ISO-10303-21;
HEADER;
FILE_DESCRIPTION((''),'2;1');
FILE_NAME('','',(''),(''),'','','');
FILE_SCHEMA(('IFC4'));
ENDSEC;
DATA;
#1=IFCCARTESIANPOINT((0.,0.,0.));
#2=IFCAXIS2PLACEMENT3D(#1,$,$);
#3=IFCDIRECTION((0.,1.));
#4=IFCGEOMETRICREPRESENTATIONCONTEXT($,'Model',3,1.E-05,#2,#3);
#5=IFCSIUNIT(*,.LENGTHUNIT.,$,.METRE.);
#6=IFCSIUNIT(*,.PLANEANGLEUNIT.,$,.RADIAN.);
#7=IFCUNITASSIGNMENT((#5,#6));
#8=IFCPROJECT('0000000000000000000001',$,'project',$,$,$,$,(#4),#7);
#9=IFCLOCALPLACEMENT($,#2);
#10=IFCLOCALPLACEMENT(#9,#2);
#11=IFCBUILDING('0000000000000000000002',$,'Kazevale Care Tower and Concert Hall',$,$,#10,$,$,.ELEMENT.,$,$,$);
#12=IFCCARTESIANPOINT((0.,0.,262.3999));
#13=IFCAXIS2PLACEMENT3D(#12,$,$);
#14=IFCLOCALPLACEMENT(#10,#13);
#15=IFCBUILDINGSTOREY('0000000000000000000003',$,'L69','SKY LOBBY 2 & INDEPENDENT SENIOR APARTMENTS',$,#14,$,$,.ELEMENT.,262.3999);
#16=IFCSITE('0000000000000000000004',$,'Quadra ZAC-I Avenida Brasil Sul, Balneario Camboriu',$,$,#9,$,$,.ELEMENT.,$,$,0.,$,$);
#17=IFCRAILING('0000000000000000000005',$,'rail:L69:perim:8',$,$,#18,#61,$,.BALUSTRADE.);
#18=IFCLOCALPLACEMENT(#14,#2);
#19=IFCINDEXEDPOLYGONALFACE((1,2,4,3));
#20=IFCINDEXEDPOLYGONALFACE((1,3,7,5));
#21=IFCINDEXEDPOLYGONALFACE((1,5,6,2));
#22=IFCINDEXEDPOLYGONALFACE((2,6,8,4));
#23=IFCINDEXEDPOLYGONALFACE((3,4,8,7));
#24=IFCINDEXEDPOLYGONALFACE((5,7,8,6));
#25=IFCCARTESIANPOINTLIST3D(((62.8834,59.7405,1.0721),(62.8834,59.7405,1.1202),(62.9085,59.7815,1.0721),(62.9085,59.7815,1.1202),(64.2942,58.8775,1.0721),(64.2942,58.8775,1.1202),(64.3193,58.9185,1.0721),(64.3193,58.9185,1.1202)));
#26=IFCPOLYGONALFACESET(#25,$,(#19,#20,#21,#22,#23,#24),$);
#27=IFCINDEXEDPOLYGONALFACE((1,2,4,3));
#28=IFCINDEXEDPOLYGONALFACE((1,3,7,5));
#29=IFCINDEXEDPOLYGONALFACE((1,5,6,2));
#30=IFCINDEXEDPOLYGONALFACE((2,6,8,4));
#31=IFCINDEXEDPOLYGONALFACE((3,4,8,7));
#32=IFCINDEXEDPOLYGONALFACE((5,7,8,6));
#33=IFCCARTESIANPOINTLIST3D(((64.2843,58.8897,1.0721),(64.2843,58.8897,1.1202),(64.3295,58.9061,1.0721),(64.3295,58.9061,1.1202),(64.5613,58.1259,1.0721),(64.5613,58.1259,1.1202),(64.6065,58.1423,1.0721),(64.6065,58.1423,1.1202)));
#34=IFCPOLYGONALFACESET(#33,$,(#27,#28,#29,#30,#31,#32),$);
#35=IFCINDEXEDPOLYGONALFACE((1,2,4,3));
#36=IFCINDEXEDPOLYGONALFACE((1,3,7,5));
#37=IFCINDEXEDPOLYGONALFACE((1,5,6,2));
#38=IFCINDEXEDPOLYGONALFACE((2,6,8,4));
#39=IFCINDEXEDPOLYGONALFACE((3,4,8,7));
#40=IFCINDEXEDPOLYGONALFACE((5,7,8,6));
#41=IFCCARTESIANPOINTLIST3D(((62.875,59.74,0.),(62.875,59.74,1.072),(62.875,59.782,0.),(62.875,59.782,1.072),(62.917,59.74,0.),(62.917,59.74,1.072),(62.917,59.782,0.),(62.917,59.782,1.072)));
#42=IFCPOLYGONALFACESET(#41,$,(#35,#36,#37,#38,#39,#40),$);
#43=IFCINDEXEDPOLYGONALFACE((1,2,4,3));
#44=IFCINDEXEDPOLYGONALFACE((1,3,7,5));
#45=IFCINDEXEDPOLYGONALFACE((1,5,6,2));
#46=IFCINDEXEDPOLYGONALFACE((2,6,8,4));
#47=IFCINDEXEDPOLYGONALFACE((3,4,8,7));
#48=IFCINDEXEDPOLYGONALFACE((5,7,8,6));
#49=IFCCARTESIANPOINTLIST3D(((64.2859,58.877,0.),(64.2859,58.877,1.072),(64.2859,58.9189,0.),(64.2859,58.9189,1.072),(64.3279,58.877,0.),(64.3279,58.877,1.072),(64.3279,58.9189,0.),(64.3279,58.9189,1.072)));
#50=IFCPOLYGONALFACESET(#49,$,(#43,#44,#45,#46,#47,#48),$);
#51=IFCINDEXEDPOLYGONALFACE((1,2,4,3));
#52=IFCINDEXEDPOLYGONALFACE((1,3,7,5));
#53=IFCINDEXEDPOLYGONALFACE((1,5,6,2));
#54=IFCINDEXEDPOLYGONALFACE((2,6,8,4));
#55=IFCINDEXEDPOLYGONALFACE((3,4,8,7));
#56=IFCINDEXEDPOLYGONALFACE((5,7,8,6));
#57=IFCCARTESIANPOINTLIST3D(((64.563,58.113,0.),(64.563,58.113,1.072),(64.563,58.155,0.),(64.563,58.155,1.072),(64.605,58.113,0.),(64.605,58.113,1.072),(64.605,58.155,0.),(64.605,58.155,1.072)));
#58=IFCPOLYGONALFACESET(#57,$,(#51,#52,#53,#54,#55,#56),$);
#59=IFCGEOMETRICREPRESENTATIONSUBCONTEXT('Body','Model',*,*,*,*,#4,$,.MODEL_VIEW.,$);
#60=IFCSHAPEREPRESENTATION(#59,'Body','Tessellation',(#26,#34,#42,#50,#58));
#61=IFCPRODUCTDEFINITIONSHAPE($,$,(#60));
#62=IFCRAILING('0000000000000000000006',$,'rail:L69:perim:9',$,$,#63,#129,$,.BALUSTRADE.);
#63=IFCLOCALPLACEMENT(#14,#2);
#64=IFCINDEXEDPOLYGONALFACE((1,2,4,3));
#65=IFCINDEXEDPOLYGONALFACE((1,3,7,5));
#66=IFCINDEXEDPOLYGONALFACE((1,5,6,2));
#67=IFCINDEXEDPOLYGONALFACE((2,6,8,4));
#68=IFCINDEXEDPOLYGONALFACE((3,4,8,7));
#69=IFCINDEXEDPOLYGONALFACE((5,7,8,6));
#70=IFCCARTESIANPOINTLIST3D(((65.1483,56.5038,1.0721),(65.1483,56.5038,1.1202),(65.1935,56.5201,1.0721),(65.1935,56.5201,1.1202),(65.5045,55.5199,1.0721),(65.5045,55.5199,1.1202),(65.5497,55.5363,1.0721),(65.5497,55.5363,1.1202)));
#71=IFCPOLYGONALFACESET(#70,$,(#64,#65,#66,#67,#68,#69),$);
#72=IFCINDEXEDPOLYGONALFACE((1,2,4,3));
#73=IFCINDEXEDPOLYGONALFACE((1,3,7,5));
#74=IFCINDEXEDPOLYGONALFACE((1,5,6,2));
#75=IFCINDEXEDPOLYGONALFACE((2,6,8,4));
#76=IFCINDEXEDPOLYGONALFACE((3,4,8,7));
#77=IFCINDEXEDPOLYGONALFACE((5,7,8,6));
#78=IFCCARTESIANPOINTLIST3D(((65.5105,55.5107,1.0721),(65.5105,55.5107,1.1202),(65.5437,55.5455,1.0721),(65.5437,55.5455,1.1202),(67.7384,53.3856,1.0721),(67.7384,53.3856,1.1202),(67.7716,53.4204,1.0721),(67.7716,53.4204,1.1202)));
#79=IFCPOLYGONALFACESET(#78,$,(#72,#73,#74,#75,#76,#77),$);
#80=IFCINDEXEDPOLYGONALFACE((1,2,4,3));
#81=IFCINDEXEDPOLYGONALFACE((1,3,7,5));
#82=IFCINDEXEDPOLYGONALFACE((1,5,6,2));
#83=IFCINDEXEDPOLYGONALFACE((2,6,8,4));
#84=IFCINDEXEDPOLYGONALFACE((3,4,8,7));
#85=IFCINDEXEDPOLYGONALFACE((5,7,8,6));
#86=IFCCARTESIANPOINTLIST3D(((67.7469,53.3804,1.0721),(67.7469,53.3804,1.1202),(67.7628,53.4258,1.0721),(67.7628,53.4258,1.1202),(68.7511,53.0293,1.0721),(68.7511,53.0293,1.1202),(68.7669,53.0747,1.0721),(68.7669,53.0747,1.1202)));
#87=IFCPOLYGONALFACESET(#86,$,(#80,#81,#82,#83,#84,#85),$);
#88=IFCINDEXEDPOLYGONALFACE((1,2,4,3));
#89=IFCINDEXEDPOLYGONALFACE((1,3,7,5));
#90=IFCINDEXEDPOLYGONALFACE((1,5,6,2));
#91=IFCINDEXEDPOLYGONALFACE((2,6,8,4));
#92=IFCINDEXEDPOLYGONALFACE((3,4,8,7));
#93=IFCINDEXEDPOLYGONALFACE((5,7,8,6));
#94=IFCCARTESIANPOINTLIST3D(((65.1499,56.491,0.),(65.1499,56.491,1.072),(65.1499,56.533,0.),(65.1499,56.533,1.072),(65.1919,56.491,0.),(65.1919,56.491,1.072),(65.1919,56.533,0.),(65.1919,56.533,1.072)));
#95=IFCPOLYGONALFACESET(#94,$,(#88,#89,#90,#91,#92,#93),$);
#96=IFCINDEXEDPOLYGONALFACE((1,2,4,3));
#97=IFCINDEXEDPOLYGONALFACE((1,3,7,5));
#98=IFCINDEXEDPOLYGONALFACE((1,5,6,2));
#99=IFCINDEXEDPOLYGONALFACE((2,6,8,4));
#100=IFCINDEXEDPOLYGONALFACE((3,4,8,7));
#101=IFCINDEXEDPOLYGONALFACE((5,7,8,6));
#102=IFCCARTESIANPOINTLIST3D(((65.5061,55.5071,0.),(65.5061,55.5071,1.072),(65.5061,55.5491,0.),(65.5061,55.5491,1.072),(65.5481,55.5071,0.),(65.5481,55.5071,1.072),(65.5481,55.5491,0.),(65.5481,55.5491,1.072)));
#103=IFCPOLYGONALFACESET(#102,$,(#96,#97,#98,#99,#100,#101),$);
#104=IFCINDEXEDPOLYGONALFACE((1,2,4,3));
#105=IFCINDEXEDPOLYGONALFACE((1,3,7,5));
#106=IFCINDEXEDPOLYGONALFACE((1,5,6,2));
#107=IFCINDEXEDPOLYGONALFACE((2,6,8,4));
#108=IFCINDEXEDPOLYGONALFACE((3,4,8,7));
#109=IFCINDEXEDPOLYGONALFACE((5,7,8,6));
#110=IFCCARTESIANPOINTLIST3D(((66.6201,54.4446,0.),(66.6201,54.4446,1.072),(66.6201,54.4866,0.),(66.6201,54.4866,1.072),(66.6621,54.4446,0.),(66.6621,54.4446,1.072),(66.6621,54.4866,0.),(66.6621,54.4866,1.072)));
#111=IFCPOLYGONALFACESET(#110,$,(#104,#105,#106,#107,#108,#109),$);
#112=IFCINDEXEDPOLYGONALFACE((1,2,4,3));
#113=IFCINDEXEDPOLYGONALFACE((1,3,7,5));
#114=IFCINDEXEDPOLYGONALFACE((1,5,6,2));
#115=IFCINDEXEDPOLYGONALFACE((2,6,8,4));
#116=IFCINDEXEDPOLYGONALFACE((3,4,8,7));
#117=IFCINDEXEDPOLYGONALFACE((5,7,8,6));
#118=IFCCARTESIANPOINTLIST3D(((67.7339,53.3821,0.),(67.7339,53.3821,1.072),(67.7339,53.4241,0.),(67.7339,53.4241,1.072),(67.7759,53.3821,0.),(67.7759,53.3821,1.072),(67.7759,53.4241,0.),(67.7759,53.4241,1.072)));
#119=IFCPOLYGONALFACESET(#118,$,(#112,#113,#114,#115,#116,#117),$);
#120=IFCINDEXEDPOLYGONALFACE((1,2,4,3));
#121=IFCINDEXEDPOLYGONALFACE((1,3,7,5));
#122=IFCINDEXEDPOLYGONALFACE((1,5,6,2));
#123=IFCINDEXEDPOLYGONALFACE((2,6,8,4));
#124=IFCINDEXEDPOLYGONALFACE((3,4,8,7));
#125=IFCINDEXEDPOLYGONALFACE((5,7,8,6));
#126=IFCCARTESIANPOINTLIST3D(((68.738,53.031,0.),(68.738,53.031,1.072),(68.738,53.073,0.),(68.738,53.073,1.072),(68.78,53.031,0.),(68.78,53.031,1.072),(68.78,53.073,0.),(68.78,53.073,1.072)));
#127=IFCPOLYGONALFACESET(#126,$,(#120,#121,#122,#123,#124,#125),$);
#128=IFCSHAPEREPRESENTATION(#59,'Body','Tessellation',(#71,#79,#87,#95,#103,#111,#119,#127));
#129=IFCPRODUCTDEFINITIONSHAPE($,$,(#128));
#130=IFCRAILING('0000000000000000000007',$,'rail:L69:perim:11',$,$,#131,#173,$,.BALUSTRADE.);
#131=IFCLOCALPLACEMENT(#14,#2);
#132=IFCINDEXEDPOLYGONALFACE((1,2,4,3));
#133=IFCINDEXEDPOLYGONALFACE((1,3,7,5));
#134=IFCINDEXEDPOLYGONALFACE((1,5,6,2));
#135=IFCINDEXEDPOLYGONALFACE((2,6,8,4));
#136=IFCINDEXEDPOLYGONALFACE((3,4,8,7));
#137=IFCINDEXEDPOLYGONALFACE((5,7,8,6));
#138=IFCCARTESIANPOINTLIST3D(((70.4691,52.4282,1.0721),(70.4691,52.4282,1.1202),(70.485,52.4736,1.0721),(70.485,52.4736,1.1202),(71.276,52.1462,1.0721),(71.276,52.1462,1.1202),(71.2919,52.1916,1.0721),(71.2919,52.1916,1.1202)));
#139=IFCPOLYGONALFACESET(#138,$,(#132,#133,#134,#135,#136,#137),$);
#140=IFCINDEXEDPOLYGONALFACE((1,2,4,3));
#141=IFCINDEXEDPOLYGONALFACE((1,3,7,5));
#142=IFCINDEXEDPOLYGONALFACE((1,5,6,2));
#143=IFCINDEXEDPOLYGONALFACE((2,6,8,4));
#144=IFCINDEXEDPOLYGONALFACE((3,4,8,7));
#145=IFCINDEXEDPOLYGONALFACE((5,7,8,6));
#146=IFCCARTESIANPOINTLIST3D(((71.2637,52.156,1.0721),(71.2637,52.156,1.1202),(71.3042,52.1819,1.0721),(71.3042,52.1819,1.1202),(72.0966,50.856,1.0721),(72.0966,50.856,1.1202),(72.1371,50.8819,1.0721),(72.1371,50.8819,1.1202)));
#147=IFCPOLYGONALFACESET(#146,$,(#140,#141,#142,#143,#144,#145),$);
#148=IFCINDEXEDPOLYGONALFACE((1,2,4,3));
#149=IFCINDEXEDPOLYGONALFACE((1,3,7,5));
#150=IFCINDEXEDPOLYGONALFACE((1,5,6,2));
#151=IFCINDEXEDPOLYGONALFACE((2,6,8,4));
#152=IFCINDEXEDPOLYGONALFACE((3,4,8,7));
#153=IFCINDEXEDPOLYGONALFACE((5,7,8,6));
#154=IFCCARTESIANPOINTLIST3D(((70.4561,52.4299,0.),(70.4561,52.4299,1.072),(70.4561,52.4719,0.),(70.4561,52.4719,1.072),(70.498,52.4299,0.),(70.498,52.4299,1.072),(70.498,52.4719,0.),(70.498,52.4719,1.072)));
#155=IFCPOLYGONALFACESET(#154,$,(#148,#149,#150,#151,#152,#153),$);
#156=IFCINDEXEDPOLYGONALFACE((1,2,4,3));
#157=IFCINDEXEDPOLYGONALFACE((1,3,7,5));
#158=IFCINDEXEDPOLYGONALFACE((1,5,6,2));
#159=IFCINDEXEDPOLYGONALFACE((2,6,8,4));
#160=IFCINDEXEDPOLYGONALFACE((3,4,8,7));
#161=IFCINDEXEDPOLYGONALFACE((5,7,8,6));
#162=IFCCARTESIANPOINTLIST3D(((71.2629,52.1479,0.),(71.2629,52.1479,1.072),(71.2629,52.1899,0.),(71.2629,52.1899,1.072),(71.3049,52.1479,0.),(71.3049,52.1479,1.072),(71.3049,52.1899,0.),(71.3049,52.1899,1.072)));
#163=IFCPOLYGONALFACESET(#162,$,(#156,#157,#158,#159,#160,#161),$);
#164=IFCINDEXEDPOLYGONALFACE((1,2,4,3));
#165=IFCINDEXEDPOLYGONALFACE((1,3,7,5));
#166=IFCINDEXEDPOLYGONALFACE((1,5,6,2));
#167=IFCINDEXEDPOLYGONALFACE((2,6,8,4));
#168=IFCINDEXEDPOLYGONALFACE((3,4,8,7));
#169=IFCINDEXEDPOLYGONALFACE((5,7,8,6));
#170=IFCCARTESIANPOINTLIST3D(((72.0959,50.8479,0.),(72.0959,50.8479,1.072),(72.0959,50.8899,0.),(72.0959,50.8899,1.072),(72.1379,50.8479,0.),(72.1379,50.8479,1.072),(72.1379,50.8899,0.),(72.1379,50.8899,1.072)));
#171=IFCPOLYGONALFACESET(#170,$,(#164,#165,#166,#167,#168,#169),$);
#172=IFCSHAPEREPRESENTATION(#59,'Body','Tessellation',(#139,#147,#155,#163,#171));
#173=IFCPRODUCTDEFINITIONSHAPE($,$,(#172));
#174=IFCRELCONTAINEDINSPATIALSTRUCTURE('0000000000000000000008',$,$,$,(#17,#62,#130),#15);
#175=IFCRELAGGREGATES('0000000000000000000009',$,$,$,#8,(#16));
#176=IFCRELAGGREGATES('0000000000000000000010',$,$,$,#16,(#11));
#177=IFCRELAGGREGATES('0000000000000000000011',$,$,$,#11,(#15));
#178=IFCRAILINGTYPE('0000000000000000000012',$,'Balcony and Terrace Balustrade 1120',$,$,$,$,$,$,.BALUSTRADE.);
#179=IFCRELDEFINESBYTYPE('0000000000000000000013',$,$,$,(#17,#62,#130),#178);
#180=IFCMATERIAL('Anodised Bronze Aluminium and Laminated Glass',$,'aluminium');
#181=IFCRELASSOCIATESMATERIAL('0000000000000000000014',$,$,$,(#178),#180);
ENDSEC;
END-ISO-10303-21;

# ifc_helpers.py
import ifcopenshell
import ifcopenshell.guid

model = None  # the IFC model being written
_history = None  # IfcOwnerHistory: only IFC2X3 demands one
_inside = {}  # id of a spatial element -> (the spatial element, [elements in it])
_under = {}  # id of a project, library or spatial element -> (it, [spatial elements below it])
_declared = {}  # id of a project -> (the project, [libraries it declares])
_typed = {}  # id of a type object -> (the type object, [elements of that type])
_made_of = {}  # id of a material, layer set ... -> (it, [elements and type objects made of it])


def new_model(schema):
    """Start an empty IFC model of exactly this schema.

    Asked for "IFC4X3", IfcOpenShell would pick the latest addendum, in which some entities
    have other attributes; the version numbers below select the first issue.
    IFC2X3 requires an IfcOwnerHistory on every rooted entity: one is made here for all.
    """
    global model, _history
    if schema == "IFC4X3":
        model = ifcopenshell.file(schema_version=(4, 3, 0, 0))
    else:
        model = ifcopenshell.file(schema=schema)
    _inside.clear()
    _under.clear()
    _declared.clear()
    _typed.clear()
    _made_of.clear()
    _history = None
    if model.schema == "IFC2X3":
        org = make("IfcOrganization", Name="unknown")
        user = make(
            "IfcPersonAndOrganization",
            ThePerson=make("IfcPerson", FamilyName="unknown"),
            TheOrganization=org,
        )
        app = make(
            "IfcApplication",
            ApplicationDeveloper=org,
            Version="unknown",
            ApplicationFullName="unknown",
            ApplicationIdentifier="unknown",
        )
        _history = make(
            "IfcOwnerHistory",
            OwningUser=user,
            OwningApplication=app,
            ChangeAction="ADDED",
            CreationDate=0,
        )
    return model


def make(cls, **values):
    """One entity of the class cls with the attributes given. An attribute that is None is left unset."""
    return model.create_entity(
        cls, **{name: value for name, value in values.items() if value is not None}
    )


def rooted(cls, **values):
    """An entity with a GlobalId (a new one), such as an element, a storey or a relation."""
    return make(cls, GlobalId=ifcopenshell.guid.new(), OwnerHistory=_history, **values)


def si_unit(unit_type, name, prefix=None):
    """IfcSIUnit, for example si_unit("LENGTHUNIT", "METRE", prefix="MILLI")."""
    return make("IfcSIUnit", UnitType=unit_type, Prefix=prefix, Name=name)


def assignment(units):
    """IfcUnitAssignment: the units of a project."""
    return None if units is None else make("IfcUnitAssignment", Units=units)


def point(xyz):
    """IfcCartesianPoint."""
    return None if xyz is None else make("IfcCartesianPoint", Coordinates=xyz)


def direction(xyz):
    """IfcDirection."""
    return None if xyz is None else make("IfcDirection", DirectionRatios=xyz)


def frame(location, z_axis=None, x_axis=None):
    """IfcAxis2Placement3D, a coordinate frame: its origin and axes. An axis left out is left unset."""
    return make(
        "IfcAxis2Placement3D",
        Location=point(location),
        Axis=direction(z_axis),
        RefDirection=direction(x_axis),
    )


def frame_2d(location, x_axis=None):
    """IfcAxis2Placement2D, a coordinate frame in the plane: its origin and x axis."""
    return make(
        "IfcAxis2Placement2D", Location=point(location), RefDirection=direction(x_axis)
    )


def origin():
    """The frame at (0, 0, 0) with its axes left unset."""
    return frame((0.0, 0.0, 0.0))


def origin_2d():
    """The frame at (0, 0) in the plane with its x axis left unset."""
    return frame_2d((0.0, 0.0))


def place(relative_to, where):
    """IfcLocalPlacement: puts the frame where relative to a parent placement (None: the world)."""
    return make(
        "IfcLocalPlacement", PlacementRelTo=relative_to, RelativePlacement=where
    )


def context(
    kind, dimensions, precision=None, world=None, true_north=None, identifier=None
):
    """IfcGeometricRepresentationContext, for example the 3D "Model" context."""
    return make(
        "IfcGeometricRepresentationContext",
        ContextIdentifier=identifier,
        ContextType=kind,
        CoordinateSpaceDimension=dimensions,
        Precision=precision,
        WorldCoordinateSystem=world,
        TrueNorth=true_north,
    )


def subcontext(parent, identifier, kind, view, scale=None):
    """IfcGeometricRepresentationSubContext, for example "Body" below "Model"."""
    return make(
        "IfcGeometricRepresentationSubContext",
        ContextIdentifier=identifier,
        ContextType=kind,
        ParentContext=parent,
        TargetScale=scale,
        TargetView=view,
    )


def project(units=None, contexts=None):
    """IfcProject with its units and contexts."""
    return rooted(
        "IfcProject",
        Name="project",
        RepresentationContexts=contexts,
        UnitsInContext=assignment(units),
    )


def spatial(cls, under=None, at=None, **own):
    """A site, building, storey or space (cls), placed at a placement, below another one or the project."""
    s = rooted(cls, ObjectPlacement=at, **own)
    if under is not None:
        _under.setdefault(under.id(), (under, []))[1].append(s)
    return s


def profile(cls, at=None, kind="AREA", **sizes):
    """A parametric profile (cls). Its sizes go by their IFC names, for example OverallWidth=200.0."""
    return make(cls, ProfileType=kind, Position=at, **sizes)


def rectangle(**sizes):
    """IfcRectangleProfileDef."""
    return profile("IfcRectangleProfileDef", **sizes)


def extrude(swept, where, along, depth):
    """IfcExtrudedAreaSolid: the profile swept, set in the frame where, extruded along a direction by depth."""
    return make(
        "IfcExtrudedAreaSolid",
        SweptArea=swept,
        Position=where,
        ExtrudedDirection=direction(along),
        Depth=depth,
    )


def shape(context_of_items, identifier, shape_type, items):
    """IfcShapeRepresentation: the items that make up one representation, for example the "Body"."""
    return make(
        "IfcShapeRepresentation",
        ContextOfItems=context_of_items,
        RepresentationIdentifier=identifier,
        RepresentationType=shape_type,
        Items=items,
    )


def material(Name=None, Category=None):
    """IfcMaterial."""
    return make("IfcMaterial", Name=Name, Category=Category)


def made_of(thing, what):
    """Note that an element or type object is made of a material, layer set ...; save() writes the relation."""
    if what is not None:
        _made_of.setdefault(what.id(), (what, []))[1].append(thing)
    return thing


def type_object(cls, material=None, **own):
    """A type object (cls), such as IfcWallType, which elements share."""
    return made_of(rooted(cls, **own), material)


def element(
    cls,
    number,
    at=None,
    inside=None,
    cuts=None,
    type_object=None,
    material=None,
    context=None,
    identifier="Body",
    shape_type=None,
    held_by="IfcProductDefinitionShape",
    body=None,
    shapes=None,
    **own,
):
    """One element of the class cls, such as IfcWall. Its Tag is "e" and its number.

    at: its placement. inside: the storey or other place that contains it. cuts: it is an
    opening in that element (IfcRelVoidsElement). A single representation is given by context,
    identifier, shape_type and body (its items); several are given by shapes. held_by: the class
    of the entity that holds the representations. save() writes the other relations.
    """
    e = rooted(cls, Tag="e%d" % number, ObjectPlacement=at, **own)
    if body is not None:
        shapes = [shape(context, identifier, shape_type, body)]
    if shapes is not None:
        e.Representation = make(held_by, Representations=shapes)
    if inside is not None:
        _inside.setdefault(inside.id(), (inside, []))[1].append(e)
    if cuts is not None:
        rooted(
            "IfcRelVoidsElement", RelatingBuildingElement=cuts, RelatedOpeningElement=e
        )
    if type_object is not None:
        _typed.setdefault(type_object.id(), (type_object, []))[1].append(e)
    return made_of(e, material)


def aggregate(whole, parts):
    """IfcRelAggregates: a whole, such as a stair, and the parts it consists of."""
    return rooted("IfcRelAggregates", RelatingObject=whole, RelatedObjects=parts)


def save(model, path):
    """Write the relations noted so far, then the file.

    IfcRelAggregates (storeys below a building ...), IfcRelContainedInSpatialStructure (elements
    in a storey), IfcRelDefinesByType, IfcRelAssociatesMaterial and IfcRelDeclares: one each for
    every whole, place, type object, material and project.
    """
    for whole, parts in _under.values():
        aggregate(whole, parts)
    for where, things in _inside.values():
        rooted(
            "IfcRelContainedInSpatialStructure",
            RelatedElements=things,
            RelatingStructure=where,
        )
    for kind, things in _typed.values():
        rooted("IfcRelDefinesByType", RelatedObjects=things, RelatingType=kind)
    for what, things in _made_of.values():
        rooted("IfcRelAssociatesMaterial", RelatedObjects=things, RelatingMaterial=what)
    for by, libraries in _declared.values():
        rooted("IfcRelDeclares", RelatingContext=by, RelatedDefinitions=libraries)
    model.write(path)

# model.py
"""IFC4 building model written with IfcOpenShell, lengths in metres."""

from ifc_helpers import new_model, si_unit, direction, frame, origin, origin_2d, place, context, subcontext, project, spatial, rectangle, extrude, material, type_object, element, save


model = new_model("IFC4")

# Units and contexts
model_context = context("Model", 3, precision=1e-05, world=origin(), true_north=direction((0.0, 1.0)))
body_context = subcontext(model_context, "Body", "Model", "MODEL_VIEW")
ifc_project = project(units=[si_unit("LENGTHUNIT", "METRE"), si_unit("PLANEANGLEUNIT", "RADIAN")], contexts=[model_context])

# Site, building, storey
site_placement = place(None, origin())
site = spatial("IfcSite", under=ifc_project, at=site_placement, Name="Quadra ZAC-I Avenida Brasil Sul, Balneario Camboriu", CompositionType="ELEMENT", RefElevation=0.0)
building_placement = place(site_placement, origin())
building = spatial("IfcBuilding", under=site, at=building_placement, Name="Kazevale Care Tower and Concert Hall", CompositionType="ELEMENT")
storey_placement = place(building_placement, frame((0.0, 0.0, 262.3999)))
storey = spatial("IfcBuildingStorey", under=building, at=storey_placement, Name="L69", Description="SKY LOBBY 2 & INDEPENDENT SENIOR APARTMENTS", CompositionType="ELEMENT", Elevation=262.3999)

# Railings
ifc_material_1 = material(Name="Anodised Bronze Aluminium and Laminated Glass", Category="aluminium")
railing_type = type_object("IfcRailingType", Name="Balcony and Terrace Balustrade 1120", PredefinedType="BALUSTRADE", material=ifc_material_1)
railing_1_placement = place(storey_placement, frame((62.896, 59.761, 0.0)))
element("IfcRailing", 1, at=railing_1_placement, inside=storey, type_object=railing_type, Name="rail:L69:perim:8", PredefinedType="BALUSTRADE", context=body_context, shape_type="SweptSolid", body=[
    extrude(rectangle(XDim=0.0481, YDim=0.0481, at=origin_2d()), frame((0.0, 0.0, 1.0962), z_axis=(0.853059, -0.521814, 0.0), x_axis=(0.521814, 0.853059, 0.0)), (0.0, 0.0, 1.0), 1.6538),
    extrude(rectangle(XDim=0.0481, YDim=0.0481, at=origin_2d()), frame((1.4109, -0.863, 1.0962), z_axis=(0.340995, -0.940065, 0.0), x_axis=(0.940065, 0.340995, 0.0)), (0.0, 0.0, 1.0), 0.8125),
    extrude(rectangle(XDim=0.042, YDim=0.042, at=origin_2d()), origin(), (0.0, 0.0, 1.0), 1.072),
    extrude(rectangle(XDim=0.042, YDim=0.042, at=origin_2d()), frame((1.4109, -0.863, 0.0)), (0.0, 0.0, 1.0), 1.072),
    extrude(rectangle(XDim=0.042, YDim=0.042, at=origin_2d()), frame((1.688, -1.627, 0.0)), (0.0, 0.0, 1.0), 1.072),
])
railing_2_placement = place(storey_placement, frame((65.1709, 56.512, 0.0)))
element("IfcRailing", 2, at=railing_2_placement, inside=storey, type_object=railing_type, Name="rail:L69:perim:9", PredefinedType="BALUSTRADE", context=body_context, shape_type="SweptSolid", body=[
    extrude(rectangle(XDim=0.0481, YDim=0.0481, at=origin_2d()), frame((0.0, 0.0, 1.0962), z_axis=(0.340413, -0.940276, 0.0), x_axis=(0.940276, 0.340413, 0.0)), (0.0, 0.0, 1.0), 1.0464),
    extrude(rectangle(XDim=0.0481, YDim=0.0481, at=origin_2d()), frame((0.3562, -0.9839, 1.0962), z_axis=(0.723602, -0.690217, 0.0), x_axis=(0.690217, 0.723602, 0.0)), (0.0, 0.0, 1.0), 3.0789),
    extrude(rectangle(XDim=0.0481, YDim=0.0481, at=origin_2d()), frame((2.584, -3.1089, 1.0962), z_axis=(0.943969, -0.330033, 0.0), x_axis=(0.330033, 0.943969, 0.0)), (0.0, 0.0, 1.0), 1.0637),
    extrude(rectangle(XDim=0.042, YDim=0.042, at=origin_2d()), origin(), (0.0, 0.0, 1.0), 1.072),
    extrude(rectangle(XDim=0.042, YDim=0.042, at=origin_2d()), frame((0.3562, -0.9839, 0.0)), (0.0, 0.0, 1.0), 1.072),
    extrude(rectangle(XDim=0.042, YDim=0.042, at=origin_2d()), frame((1.4702, -2.0464, 0.0)), (0.0, 0.0, 1.0), 1.072),
    extrude(rectangle(XDim=0.042, YDim=0.042, at=origin_2d()), frame((2.584, -3.1089, 0.0)), (0.0, 0.0, 1.0), 1.072),
    extrude(rectangle(XDim=0.042, YDim=0.042, at=origin_2d()), frame((3.5881, -3.46, 0.0)), (0.0, 0.0, 1.0), 1.072),
])
railing_3_placement = place(storey_placement, frame((70.4771, 52.4509, 0.0)))
element("IfcRailing", 3, at=railing_3_placement, inside=storey, type_object=railing_type, Name="rail:L69:perim:11", PredefinedType="BALUSTRADE", context=body_context, shape_type="SweptSolid", body=[
    extrude(rectangle(XDim=0.0481, YDim=0.0481, at=origin_2d()), frame((0.0, 0.0, 1.0962), z_axis=(0.944014, -0.329905, 0.0), x_axis=(0.329905, 0.944014, 0.0)), (0.0, 0.0, 1.0), 0.8547),
    extrude(rectangle(XDim=0.0481, YDim=0.0481, at=origin_2d()), frame((0.8069, -0.282, 1.0962), z_axis=(0.539502, -0.841984, 0.0), x_axis=(0.841984, 0.539502, 0.0)), (0.0, 0.0, 1.0), 1.5439),
    extrude(rectangle(XDim=0.042, YDim=0.042, at=origin_2d()), origin(), (0.0, 0.0, 1.0), 1.072),
    extrude(rectangle(XDim=0.042, YDim=0.042, at=origin_2d()), frame((0.8069, -0.282, 0.0)), (0.0, 0.0, 1.0), 1.072),
    extrude(rectangle(XDim=0.042, YDim=0.042, at=origin_2d()), frame((1.6399, -1.582, 0.0)), (0.0, 0.0, 1.0), 1.072),
])

save(model, "model.ifc")
